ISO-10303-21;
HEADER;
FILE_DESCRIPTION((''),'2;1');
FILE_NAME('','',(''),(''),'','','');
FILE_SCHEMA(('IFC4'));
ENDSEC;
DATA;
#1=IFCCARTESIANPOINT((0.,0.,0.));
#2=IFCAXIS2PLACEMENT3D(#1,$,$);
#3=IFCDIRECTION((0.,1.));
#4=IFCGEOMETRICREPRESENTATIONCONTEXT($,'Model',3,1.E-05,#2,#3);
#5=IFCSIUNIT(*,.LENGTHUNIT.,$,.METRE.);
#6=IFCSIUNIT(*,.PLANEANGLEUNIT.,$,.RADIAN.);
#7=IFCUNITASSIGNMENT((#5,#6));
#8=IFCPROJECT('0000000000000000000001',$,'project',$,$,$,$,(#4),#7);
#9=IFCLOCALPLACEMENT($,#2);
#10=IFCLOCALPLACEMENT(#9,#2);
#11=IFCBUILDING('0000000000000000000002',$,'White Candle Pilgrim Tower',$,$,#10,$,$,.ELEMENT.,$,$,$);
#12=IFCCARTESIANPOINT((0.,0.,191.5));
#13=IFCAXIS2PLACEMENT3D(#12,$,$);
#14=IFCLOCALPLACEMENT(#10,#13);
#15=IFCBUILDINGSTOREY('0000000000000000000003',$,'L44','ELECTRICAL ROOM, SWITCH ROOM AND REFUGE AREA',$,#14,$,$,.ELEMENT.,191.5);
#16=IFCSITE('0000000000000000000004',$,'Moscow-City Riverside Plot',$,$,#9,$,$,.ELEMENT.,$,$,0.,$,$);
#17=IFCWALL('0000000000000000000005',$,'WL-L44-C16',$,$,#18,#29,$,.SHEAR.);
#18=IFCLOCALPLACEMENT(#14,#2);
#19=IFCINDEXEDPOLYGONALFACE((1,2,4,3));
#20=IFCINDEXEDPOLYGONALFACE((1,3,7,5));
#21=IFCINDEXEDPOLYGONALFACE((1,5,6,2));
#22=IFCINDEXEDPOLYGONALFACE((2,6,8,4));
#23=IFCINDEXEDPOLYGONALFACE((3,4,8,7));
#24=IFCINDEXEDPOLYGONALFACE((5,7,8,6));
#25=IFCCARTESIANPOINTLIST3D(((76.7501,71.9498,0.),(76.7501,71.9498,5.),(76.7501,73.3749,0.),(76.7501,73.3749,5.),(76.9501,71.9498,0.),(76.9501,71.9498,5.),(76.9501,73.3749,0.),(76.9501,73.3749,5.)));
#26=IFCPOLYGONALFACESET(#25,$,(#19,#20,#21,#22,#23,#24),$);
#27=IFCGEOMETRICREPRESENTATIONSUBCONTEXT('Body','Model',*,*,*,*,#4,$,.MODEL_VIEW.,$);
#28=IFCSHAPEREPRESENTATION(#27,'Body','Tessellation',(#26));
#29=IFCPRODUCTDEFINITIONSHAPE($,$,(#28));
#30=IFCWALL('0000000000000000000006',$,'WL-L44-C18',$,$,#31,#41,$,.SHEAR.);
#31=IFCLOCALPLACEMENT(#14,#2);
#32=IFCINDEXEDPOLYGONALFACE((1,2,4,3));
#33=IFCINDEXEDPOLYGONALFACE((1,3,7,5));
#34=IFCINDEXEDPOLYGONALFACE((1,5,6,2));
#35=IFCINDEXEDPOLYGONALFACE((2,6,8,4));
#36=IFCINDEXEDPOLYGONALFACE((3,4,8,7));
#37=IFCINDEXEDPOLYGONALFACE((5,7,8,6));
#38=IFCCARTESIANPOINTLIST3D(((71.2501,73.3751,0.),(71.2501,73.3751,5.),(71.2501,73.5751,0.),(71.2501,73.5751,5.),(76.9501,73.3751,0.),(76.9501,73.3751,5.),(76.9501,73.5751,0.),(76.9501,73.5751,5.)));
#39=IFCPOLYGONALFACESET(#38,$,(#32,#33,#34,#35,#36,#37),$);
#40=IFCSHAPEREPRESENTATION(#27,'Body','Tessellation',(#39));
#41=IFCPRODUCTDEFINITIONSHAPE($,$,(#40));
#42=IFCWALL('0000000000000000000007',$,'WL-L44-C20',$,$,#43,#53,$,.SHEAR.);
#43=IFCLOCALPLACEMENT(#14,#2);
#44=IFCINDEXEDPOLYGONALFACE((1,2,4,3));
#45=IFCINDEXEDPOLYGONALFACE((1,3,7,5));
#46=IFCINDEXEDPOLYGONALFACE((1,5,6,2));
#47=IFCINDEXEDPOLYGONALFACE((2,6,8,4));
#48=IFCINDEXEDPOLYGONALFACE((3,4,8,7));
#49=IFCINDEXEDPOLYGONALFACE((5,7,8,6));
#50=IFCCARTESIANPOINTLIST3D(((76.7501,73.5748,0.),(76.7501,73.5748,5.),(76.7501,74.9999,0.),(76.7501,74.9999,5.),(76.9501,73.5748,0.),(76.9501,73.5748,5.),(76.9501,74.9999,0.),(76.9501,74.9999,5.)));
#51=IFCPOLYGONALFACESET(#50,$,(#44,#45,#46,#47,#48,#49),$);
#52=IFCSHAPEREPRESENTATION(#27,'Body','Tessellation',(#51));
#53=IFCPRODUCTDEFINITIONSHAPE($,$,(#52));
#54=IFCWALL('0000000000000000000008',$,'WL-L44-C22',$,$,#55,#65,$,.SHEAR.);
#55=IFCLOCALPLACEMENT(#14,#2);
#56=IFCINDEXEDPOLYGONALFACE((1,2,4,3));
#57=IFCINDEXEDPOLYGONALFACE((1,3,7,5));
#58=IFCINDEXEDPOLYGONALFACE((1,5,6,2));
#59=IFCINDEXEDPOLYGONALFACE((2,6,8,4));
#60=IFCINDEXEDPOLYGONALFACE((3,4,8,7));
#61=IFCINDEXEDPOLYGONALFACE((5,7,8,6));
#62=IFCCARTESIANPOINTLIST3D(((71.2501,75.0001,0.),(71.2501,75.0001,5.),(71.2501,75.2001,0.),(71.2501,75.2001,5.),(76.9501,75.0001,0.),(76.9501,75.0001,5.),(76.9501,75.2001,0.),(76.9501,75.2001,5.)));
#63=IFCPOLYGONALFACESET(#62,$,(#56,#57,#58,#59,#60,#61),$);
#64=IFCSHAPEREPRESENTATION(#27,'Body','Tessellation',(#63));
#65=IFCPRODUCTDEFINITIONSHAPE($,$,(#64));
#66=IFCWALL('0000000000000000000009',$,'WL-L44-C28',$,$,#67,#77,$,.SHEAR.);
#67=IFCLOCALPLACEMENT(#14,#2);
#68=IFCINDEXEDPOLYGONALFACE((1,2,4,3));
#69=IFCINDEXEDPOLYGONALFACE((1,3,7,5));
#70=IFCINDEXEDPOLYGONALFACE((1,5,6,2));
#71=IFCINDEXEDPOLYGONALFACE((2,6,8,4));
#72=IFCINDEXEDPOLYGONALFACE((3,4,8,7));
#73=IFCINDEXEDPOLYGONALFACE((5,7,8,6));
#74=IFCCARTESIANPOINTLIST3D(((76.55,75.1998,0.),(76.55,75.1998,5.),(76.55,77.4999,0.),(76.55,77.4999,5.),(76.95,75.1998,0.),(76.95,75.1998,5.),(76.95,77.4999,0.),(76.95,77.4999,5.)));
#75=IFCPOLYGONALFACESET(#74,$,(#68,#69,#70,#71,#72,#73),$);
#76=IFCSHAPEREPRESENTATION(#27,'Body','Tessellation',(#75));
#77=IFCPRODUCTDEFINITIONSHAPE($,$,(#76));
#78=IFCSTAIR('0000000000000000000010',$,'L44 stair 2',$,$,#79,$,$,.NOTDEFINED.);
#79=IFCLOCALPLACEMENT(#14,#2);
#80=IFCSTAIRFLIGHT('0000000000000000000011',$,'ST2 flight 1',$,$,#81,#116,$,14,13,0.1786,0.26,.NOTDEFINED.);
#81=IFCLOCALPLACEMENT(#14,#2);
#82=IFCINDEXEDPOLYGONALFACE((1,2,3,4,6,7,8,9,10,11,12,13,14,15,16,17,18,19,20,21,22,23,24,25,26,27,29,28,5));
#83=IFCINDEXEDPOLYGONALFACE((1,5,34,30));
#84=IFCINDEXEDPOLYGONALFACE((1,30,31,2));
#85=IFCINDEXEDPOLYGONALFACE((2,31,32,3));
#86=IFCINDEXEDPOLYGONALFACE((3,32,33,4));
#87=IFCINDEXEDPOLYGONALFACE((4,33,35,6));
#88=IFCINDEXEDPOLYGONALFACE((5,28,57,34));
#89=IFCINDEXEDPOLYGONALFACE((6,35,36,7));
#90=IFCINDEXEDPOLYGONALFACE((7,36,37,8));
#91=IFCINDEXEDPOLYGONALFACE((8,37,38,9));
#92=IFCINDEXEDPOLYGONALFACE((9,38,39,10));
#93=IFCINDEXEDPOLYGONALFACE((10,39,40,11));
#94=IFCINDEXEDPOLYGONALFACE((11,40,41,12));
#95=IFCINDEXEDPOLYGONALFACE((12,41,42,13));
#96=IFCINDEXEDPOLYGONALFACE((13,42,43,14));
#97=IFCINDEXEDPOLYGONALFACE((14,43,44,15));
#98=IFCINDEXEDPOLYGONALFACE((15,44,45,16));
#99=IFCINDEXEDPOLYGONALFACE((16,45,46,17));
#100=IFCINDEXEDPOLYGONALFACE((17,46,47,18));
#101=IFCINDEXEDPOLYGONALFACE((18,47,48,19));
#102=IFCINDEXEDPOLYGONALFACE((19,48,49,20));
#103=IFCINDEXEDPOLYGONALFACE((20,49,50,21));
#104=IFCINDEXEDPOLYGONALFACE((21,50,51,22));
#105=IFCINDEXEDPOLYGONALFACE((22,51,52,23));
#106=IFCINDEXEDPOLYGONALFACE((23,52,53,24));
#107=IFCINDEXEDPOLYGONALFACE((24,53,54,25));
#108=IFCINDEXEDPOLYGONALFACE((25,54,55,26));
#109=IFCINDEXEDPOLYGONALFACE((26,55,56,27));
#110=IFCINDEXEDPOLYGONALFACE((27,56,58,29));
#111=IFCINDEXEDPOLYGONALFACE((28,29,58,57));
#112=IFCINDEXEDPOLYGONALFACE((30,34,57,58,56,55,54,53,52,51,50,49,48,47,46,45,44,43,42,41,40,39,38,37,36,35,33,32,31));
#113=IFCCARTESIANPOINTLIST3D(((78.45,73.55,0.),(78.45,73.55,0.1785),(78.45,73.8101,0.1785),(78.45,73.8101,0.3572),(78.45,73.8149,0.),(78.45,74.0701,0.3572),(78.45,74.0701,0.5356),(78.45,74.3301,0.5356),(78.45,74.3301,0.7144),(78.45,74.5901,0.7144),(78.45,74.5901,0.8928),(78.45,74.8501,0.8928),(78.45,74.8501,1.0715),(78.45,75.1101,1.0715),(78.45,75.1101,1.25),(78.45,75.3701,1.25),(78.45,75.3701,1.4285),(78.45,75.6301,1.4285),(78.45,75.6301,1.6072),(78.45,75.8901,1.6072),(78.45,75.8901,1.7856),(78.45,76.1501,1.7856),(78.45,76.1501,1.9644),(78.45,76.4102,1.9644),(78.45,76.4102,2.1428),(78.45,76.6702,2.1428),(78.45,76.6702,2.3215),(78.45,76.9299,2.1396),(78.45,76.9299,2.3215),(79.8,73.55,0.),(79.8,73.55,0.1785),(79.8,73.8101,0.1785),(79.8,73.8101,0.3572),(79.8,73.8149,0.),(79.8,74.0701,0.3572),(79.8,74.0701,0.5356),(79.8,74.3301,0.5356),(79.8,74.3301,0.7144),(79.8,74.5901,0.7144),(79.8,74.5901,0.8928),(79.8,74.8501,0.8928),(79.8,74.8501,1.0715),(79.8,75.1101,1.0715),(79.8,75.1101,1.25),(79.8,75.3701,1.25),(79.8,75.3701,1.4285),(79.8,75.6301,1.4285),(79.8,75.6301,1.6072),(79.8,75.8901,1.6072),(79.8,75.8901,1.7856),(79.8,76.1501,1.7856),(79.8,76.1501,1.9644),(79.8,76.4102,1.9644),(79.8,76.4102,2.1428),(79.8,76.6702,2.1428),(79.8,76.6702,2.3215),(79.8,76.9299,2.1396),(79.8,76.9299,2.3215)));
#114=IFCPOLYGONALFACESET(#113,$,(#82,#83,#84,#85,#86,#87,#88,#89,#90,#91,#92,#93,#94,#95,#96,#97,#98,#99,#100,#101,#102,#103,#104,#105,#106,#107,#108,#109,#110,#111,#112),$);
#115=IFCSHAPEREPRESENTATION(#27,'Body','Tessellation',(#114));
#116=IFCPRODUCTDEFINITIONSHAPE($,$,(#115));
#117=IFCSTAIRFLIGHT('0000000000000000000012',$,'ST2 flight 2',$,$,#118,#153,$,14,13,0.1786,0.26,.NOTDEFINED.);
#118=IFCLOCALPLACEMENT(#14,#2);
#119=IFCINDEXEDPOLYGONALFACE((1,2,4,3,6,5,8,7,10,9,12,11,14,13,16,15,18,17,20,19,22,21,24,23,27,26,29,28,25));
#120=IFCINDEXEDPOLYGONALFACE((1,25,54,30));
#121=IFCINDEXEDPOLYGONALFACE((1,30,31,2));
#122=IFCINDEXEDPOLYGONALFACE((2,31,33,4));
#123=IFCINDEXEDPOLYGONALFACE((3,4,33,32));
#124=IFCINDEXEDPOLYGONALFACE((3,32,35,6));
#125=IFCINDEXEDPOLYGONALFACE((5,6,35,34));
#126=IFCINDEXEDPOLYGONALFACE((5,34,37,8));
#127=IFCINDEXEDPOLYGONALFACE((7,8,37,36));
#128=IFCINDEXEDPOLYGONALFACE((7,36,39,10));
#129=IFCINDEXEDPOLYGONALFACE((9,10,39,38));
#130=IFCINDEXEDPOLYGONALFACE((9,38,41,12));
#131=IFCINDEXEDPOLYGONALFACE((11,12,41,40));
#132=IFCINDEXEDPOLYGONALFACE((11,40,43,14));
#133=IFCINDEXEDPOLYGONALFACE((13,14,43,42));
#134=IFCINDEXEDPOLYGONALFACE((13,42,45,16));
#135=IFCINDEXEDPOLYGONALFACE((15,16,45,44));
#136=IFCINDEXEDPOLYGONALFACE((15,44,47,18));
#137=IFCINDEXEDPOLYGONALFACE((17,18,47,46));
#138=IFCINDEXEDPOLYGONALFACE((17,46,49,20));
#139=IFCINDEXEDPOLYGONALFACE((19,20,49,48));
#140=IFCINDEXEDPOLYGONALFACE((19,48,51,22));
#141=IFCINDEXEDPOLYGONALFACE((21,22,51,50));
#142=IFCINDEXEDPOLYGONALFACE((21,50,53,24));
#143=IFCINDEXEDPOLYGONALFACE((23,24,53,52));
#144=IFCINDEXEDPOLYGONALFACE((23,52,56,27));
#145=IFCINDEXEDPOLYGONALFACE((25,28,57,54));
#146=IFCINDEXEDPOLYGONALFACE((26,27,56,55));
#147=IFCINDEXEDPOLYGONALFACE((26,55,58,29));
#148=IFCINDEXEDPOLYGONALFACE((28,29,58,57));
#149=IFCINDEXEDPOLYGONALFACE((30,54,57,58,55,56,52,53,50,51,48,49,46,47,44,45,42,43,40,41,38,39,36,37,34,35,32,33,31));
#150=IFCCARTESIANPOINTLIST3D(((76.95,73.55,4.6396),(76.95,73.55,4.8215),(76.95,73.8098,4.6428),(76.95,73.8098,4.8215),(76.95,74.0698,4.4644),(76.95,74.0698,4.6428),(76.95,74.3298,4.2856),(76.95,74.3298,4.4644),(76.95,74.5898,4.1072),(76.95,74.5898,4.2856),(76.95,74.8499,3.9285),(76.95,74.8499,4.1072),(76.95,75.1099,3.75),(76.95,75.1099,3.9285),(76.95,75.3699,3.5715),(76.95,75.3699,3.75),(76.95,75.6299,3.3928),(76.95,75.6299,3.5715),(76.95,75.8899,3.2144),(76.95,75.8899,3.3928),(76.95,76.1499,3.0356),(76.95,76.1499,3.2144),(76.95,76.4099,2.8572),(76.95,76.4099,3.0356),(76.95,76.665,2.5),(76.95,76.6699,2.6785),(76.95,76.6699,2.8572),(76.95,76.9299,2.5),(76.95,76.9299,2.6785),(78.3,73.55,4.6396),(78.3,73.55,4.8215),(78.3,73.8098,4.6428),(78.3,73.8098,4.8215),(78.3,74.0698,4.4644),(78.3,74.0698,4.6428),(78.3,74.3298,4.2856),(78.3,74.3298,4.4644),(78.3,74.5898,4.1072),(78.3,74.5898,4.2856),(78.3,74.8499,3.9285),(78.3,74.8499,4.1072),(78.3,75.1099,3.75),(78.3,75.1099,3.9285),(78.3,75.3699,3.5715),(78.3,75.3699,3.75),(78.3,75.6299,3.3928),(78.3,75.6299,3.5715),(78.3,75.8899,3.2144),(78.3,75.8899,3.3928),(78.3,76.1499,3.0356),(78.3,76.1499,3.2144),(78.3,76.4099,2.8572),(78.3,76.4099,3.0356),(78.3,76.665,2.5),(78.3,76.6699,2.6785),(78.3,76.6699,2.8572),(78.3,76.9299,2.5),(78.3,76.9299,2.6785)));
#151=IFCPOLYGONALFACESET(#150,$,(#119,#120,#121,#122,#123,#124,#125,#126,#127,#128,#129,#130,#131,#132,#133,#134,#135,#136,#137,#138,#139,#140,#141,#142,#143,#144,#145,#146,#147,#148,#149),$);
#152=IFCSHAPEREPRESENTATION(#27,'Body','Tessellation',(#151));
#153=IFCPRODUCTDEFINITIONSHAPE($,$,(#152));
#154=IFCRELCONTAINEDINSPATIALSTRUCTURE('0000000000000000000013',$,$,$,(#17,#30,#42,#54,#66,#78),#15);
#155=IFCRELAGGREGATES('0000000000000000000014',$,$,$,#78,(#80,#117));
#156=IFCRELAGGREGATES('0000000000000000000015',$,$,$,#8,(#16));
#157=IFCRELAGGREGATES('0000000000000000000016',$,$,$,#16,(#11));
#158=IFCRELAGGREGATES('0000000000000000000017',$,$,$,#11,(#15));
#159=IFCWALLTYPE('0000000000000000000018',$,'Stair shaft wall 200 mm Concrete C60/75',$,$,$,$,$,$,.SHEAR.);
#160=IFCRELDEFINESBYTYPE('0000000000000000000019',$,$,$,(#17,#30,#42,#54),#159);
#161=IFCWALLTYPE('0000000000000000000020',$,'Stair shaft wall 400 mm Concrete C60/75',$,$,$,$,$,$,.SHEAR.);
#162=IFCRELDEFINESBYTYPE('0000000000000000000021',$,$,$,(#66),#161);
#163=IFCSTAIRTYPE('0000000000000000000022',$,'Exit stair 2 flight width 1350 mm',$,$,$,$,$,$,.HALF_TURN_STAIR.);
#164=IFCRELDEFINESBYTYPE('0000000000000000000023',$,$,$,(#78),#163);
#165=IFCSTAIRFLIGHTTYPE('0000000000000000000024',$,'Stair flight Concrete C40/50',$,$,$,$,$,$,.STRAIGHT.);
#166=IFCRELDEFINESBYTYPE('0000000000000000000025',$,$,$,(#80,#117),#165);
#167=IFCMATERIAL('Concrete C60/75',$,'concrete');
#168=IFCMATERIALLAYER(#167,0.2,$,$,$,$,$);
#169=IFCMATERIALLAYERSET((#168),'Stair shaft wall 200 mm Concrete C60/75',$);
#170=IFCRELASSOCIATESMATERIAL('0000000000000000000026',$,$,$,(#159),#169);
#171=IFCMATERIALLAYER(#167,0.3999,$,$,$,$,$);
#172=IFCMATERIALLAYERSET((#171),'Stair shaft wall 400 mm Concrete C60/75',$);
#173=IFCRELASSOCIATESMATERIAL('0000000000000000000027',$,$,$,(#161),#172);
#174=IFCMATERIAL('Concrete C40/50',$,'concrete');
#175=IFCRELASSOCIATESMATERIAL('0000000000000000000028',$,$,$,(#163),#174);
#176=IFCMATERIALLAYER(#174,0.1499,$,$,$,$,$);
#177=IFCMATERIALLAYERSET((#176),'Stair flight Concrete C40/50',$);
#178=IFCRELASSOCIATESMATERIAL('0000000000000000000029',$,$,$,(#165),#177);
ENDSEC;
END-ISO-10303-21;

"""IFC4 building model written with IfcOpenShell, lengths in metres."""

from ifc_helpers import new_model, si_unit, direction, frame, frame_2d, origin, place, context, subcontext, project, spatial, polyline, rectangle, outline, extrude, material, layer, layer_set, type_object, element, aggregate, save


model = new_model("IFC4")

# Units and contexts
model_context = context("Model", 3, precision=1e-05, world=origin(), true_north=direction((0.0, 1.0)))
body_context = subcontext(model_context, "Body", "Model", "MODEL_VIEW")
ifc_project = project(units=[si_unit("LENGTHUNIT", "METRE"), si_unit("PLANEANGLEUNIT", "RADIAN")], contexts=[model_context])

# Site, building, storey
site_placement = place(None, origin())
site = spatial("IfcSite", under=ifc_project, at=site_placement, Name="Moscow-City Riverside Plot", CompositionType="ELEMENT", RefElevation=0.0)
building_placement = place(site_placement, origin())
building = spatial("IfcBuilding", under=site, at=building_placement, Name="White Candle Pilgrim Tower", CompositionType="ELEMENT")
storey_placement = place(building_placement, frame((0.0, 0.0, 191.5)))
storey = spatial("IfcBuildingStorey", under=building, at=storey_placement, Name="L44", Description="ELECTRICAL ROOM, SWITCH ROOM AND REFUGE AREA", CompositionType="ELEMENT", Elevation=191.5)

# Walls
ifc_material_1 = material(Name="Concrete C60/75", Category="concrete")
ifc_layer_1 = layer(ifc_material_1, 0.2)
ifc_layer_set_1 = layer_set([ifc_layer_1], Name="Stair shaft wall 200 mm Concrete C60/75")
wall_type_1 = type_object("IfcWallType", Name="Stair shaft wall 200 mm Concrete C60/75", PredefinedType="SHEAR", material=ifc_layer_set_1)
wall_1_placement = place(storey_placement, frame((76.8501, 71.95, 0.0), z_axis=(0.0, 0.0, 1.0), x_axis=(0.0, 1.0, 0.0)))
element("IfcWall", 1, at=wall_1_placement, inside=storey, type_object=wall_type_1, Name="WL-L44-C16", PredefinedType="SHEAR", context=body_context, shape_type="SweptSolid", body=[
    extrude(rectangle(XDim=1.425, YDim=0.2, at=frame_2d((0.7124, 0.0))), origin(), (0.0, 0.0, 1.0), 5.0),
])
wall_2_placement = place(storey_placement, frame((71.25, 73.4751, 0.0), z_axis=(0.0, 0.0, 1.0), x_axis=(1.0, 0.0, 0.0)))
element("IfcWall", 2, at=wall_2_placement, inside=storey, type_object=wall_type_1, Name="WL-L44-C18", PredefinedType="SHEAR", context=body_context, shape_type="SweptSolid", body=[
    extrude(rectangle(XDim=5.7, YDim=0.2, at=frame_2d((2.8501, 0.0))), origin(), (0.0, 0.0, 1.0), 5.0),
])
wall_3_placement = place(storey_placement, frame((76.8501, 73.575, 0.0), z_axis=(0.0, 0.0, 1.0), x_axis=(0.0, 1.0, 0.0)))
element("IfcWall", 3, at=wall_3_placement, inside=storey, type_object=wall_type_1, Name="WL-L44-C20", PredefinedType="SHEAR", context=body_context, shape_type="SweptSolid", body=[
    extrude(rectangle(XDim=1.425, YDim=0.2, at=frame_2d((0.7124, 0.0))), origin(), (0.0, 0.0, 1.0), 5.0),
])
wall_4_placement = place(storey_placement, frame((71.25, 75.1001, 0.0), z_axis=(0.0, 0.0, 1.0), x_axis=(1.0, 0.0, 0.0)))
element("IfcWall", 4, at=wall_4_placement, inside=storey, type_object=wall_type_1, Name="WL-L44-C22", PredefinedType="SHEAR", context=body_context, shape_type="SweptSolid", body=[
    extrude(rectangle(XDim=5.7, YDim=0.2, at=frame_2d((2.8501, 0.0))), origin(), (0.0, 0.0, 1.0), 5.0),
])
ifc_layer_2 = layer(ifc_material_1, 0.3999)
ifc_layer_set_2 = layer_set([ifc_layer_2], Name="Stair shaft wall 400 mm Concrete C60/75")
wall_type_2 = type_object("IfcWallType", Name="Stair shaft wall 400 mm Concrete C60/75", PredefinedType="SHEAR", material=ifc_layer_set_2)
wall_5_placement = place(storey_placement, frame((76.75, 75.2, 0.0), z_axis=(0.0, 0.0, 1.0), x_axis=(0.0, 1.0, 0.0)))
element("IfcWall", 5, at=wall_5_placement, inside=storey, type_object=wall_type_2, Name="WL-L44-C28", PredefinedType="SHEAR", context=body_context, shape_type="SweptSolid", body=[
    extrude(rectangle(XDim=2.3, YDim=0.3999, at=frame_2d((1.1499, 0.0))), origin(), (0.0, 0.0, 1.0), 5.0),
])

# Stair, stair flights
ifc_material_2 = material(Name="Concrete C40/50", Category="concrete")
stair_type = type_object("IfcStairType", Name="Exit stair 2 flight width 1350 mm", PredefinedType="HALF_TURN_STAIR", material=ifc_material_2)
stair_placement = place(storey_placement, origin())
stair = element("IfcStair", 6, at=stair_placement, inside=storey, type_object=stair_type, Name="L44 stair 2", PredefinedType="NOTDEFINED")
ifc_layer_3 = layer(ifc_material_2, 0.1499)
ifc_layer_set_3 = layer_set([ifc_layer_3], Name="Stair flight Concrete C40/50")
stair_flight_type = type_object("IfcStairFlightType", Name="Stair flight Concrete C40/50", PredefinedType="STRAIGHT", material=ifc_layer_set_3)
stair_flight_1_placement = place(storey_placement, frame((79.125, 73.55, 0.0), z_axis=(0.0, 0.0, 1.0), x_axis=(0.0, 1.0, 0.0)))
stair_flight_1 = element("IfcStairFlight", 7, at=stair_flight_1_placement, type_object=stair_flight_type, Name="ST2 flight 1", NumberOfRisers=14, NumberOfTreads=13, PredefinedType="NOTDEFINED", RiserHeight=0.1786, TreadLength=0.26, context=body_context, shape_type="SweptSolid", body=[
    extrude(outline(polyline([(0.0, 0.0), (0.0, 0.1785), (0.26, 0.1785), (0.26, 0.3572), (0.52, 0.3572), (0.52, 0.5356), (0.78, 0.5356), (0.78, 0.7144), (1.04, 0.7144), (1.04, 0.8928), (1.3, 0.8928), (1.3, 1.0715), (1.5601, 1.0715), (1.5601, 1.25), (1.8201, 1.25), (1.8201, 1.4285), (2.0801, 1.4285), (2.0801, 1.6072), (2.3401, 1.6072), (2.3401, 1.7856), (2.6001, 1.7856), (2.6001, 1.9644), (2.8601, 1.9644), (2.8601, 2.1428), (3.1201, 2.1428), (3.1201, 2.3215), (3.3799, 2.3215), (3.3799, 2.5), (3.3799, 2.1396), (0.2649, 0.0), (0.0, 0.0)])), frame((0.0, 0.675, 0.0), z_axis=(0.0, -1.0, 0.0), x_axis=(1.0, 0.0, 0.0)), (0.0, 0.0, 1.0), 1.3501),
])
stair_flight_2_placement = place(storey_placement, frame((77.625, 76.9299, 2.5), z_axis=(0.0, 0.0, 1.0), x_axis=(0.0, -1.0, 0.0)))
stair_flight_2 = element("IfcStairFlight", 8, at=stair_flight_2_placement, type_object=stair_flight_type, Name="ST2 flight 2", NumberOfRisers=14, NumberOfTreads=13, PredefinedType="NOTDEFINED", RiserHeight=0.1786, TreadLength=0.26, context=body_context, shape_type="SweptSolid", body=[
    extrude(outline(polyline([(0.0, 0.0), (0.0, 0.1785), (0.26, 0.1785), (0.26, 0.3572), (0.52, 0.3572), (0.52, 0.5356), (0.78, 0.5356), (0.78, 0.7144), (1.04, 0.7144), (1.04, 0.8928), (1.3, 0.8928), (1.3, 1.0715), (1.5601, 1.0715), (1.5601, 1.25), (1.8201, 1.25), (1.8201, 1.4285), (2.0801, 1.4285), (2.0801, 1.6072), (2.3401, 1.6072), (2.3401, 1.7856), (2.6001, 1.7856), (2.6001, 1.9644), (2.8601, 1.9644), (2.8601, 2.1428), (3.1201, 2.1428), (3.1201, 2.3215), (3.3799, 2.3215), (3.3799, 2.5), (3.3799, 2.1396), (0.2649, 0.0), (0.0, 0.0)])), frame((0.0, 0.675, 0.0), z_axis=(0.0, -1.0, 0.0), x_axis=(1.0, 0.0, 0.0)), (0.0, 0.0, 1.0), 1.3501),
])
aggregate(stair, [stair_flight_1, stair_flight_2])

save(model, "model.ifc")
